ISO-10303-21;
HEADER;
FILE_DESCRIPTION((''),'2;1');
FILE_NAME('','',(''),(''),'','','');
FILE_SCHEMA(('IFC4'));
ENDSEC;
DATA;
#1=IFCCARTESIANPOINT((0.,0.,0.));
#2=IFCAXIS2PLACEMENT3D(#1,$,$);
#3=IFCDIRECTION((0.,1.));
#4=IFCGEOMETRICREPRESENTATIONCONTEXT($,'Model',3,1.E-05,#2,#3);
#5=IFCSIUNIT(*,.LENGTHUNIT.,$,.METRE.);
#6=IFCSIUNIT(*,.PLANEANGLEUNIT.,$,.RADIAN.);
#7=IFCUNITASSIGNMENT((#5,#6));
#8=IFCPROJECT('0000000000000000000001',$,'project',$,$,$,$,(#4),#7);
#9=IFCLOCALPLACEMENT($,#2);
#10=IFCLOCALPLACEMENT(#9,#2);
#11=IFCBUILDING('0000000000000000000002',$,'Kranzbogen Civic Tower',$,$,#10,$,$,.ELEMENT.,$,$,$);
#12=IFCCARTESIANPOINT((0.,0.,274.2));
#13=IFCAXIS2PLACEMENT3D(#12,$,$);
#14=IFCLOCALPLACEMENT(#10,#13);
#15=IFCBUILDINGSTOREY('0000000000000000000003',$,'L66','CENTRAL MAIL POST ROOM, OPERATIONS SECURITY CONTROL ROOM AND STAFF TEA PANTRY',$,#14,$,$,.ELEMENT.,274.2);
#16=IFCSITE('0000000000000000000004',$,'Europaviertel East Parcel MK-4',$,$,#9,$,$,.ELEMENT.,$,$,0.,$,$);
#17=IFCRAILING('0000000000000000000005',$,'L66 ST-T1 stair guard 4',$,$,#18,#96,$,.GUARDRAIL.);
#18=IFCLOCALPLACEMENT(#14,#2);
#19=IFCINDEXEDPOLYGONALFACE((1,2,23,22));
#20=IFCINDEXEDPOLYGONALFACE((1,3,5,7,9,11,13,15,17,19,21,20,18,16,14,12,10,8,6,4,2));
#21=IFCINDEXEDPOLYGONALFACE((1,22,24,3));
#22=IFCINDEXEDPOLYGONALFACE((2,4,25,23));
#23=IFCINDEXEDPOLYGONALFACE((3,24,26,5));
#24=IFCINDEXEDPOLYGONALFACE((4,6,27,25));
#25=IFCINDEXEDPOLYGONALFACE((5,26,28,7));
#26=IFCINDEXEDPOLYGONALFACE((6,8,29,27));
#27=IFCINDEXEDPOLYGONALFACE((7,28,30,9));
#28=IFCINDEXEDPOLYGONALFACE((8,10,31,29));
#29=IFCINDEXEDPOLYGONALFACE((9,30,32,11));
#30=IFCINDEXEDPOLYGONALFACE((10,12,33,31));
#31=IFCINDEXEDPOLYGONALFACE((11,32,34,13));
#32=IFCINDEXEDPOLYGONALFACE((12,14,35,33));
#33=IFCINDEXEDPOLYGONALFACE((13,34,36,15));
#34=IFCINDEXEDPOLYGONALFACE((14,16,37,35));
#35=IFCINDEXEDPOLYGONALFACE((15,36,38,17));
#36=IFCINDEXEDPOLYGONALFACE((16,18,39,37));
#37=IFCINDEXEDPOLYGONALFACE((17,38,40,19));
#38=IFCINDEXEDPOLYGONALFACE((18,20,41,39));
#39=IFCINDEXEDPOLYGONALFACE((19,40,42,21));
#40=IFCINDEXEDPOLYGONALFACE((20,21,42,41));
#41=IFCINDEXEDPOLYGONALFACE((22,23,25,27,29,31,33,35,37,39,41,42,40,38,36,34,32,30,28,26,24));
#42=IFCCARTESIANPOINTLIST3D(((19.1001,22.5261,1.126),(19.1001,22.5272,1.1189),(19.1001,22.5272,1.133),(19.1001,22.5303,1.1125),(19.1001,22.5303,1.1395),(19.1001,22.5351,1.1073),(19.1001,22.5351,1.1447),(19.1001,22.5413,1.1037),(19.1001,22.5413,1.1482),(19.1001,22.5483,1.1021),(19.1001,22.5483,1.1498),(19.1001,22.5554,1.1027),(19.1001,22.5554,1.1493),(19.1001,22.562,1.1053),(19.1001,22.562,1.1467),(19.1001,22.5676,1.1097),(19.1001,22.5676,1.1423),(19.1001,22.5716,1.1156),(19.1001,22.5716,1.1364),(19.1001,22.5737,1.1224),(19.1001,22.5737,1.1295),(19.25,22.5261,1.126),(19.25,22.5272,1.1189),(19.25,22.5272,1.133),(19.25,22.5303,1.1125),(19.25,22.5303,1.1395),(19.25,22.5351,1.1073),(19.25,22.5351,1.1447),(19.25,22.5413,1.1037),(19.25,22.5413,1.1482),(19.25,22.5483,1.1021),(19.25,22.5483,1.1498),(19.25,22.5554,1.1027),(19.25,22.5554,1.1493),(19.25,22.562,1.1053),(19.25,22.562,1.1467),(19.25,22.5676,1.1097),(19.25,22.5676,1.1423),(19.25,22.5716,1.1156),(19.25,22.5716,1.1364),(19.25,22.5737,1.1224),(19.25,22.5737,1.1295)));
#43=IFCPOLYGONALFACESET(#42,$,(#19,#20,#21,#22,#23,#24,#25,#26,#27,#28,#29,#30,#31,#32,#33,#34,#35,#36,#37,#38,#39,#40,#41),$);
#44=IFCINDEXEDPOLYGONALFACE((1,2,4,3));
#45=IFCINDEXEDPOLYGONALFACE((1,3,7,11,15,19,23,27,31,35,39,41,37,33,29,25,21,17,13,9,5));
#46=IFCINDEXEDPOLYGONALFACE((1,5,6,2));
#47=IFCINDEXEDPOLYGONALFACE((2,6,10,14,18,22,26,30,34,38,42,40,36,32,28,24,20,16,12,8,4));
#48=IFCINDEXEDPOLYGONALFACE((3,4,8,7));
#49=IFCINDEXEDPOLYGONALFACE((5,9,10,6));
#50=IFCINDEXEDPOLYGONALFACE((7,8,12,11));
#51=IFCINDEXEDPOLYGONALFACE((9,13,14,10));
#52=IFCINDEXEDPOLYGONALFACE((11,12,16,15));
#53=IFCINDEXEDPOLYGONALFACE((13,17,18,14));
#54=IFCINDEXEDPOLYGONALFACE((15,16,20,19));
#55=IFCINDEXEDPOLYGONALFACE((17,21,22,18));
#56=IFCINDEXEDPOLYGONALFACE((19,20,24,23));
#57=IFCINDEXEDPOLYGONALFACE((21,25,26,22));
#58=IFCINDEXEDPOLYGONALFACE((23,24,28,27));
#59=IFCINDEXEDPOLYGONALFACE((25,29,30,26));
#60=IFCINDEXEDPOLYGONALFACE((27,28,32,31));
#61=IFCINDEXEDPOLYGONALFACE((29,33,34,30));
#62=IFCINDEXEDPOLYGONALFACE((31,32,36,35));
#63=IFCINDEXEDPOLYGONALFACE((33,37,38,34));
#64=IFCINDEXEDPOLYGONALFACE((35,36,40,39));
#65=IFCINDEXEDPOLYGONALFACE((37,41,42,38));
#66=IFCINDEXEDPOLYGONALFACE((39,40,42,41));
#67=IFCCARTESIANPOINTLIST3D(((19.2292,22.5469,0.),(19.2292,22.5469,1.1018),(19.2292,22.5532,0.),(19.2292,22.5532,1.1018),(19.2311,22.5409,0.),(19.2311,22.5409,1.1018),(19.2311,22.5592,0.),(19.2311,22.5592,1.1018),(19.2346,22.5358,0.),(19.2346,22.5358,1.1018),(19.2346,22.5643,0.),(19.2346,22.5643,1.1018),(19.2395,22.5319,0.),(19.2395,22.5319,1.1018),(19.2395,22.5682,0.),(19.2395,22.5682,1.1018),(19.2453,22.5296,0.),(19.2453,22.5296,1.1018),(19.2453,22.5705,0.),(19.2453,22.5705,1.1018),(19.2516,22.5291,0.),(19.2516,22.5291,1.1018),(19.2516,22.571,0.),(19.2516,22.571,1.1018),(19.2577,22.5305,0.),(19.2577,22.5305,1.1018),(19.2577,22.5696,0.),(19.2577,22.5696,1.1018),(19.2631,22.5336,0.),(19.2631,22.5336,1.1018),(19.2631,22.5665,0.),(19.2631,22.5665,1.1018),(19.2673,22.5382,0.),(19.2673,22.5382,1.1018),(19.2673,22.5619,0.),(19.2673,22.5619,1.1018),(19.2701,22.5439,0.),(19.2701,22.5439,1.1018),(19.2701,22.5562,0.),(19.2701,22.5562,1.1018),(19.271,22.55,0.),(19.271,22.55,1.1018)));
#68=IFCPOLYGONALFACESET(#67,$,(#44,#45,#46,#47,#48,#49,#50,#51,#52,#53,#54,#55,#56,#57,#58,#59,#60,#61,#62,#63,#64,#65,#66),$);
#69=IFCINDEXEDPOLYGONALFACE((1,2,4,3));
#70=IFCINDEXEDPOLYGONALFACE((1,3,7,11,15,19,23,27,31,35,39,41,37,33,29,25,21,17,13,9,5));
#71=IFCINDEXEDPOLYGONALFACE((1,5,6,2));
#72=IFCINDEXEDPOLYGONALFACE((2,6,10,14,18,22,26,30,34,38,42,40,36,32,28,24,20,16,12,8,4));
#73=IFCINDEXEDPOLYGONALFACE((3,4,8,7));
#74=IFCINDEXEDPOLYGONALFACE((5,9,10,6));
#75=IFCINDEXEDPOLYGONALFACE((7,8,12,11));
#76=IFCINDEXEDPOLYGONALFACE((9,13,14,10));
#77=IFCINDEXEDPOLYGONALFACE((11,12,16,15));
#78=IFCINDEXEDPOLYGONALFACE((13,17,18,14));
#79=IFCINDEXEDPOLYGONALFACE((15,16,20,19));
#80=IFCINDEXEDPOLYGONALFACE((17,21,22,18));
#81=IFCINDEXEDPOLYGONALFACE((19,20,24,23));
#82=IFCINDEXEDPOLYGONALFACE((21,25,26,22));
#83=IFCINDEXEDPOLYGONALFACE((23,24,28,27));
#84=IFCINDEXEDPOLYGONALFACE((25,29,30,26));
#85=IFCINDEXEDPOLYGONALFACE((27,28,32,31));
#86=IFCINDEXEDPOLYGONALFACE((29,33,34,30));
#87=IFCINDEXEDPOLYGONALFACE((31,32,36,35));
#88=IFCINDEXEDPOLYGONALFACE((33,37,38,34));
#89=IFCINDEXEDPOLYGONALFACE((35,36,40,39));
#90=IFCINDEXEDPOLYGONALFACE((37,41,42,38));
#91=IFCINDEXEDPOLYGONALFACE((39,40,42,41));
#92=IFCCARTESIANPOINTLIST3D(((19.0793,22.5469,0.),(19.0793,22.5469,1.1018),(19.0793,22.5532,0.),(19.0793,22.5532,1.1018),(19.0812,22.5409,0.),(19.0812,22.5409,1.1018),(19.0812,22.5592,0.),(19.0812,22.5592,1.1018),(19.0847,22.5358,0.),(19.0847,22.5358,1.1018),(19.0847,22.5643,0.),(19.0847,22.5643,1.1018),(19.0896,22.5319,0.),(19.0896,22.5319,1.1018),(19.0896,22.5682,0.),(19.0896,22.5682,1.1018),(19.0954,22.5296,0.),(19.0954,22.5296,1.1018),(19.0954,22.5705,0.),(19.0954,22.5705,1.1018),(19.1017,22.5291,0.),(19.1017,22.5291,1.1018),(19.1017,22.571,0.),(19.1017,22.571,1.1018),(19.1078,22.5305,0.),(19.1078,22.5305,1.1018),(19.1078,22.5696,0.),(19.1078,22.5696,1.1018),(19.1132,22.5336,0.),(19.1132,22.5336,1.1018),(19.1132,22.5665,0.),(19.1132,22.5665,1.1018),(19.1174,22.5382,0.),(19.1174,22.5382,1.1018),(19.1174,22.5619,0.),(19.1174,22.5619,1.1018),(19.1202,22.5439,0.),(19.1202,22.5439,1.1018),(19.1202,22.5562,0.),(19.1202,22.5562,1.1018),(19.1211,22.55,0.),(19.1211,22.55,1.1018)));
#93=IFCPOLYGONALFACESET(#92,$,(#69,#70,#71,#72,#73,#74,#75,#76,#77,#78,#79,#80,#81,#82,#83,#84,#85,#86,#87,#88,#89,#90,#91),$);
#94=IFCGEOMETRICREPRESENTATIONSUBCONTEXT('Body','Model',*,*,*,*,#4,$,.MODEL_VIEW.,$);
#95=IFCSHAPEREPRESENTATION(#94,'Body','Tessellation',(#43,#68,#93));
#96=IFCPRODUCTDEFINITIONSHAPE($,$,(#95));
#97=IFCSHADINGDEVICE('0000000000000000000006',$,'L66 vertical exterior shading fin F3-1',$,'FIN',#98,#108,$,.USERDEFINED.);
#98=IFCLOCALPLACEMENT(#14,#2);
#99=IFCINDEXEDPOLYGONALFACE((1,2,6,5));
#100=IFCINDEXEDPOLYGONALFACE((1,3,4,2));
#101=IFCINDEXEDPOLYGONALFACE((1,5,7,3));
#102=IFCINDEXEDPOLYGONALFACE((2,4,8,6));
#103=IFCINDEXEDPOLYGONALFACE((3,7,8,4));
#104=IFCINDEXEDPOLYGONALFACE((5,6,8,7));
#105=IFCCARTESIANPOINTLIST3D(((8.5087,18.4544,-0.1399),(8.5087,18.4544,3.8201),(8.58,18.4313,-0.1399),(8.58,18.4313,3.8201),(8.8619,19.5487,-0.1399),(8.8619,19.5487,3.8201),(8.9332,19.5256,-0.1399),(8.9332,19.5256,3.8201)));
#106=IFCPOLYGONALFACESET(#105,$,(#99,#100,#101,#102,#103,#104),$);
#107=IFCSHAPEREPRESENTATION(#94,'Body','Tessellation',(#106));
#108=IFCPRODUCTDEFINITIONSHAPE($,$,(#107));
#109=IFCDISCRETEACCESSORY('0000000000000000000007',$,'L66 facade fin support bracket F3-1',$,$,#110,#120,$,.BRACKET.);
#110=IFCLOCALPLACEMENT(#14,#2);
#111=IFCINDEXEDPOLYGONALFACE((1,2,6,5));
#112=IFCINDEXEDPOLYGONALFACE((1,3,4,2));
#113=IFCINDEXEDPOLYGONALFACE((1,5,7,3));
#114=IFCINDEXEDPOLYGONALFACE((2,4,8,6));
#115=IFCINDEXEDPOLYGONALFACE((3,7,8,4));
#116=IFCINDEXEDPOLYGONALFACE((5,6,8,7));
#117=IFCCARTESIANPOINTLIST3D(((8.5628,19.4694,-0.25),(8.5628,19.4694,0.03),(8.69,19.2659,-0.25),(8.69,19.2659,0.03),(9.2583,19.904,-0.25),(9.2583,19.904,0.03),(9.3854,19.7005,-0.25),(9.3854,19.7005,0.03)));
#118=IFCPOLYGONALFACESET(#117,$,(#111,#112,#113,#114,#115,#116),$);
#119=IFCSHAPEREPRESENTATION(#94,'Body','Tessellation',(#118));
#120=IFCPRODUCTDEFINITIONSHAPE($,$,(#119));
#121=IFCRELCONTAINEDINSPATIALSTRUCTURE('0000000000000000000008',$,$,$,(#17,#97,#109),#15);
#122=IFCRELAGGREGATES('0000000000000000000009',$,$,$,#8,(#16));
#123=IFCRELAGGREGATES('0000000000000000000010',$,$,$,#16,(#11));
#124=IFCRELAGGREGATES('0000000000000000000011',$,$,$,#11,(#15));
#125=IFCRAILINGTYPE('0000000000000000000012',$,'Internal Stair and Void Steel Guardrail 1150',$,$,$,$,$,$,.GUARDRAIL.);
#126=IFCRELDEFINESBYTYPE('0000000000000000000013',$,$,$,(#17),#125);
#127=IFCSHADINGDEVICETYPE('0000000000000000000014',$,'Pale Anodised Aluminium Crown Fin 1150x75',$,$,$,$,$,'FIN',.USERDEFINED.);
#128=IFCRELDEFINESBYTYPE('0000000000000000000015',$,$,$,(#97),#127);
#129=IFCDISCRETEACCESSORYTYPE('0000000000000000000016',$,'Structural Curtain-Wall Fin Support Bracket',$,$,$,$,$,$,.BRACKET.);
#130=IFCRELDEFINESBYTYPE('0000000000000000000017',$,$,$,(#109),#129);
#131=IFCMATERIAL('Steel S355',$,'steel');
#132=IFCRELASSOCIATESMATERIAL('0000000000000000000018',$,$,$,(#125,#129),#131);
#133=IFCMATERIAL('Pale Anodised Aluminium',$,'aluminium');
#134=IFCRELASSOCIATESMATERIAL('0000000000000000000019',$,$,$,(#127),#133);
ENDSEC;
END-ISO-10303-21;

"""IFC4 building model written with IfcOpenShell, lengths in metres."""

from ifc_helpers import new_model, si_unit, direction, frame, origin, origin_2d, place, context, subcontext, project, spatial, rectangle, circle, extrude, material, type_object, element, save


model = new_model("IFC4")

# Units and contexts
model_context = context("Model", 3, precision=1e-05, world=origin(), true_north=direction((0.0, 1.0)))
body_context = subcontext(model_context, "Body", "Model", "MODEL_VIEW")
ifc_project = project(units=[si_unit("LENGTHUNIT", "METRE"), si_unit("PLANEANGLEUNIT", "RADIAN")], contexts=[model_context])

# Site, building, storey
site_placement = place(None, origin())
site = spatial("IfcSite", under=ifc_project, at=site_placement, Name="Europaviertel East Parcel MK-4", CompositionType="ELEMENT", RefElevation=0.0)
building_placement = place(site_placement, origin())
building = spatial("IfcBuilding", under=site, at=building_placement, Name="Kranzbogen Civic Tower", CompositionType="ELEMENT")
storey_placement = place(building_placement, frame((0.0, 0.0, 274.2)))
storey = spatial("IfcBuildingStorey", under=building, at=storey_placement, Name="L66", Description="CENTRAL MAIL POST ROOM, OPERATIONS SECURITY CONTROL ROOM AND STAFF TEA PANTRY", CompositionType="ELEMENT", Elevation=274.2)

# Shared definitions
ifc_material_1 = material(Name="Steel S355", Category="steel")

# Shared definitions
ifc_material_2 = material(Name="Pale Anodised Aluminium", Category="aluminium")

# Railing
railing_type_1 = type_object("IfcRailingType", Name="Internal Stair and Void Steel Guardrail 1150", PredefinedType="GUARDRAIL", material=ifc_material_1)
railing_1_placement = place(storey_placement, frame((19.25, 22.55, 0.0)))
element("IfcRailing", 1, at=railing_1_placement, inside=storey, type_object=railing_type_1, Name="L66 ST-T1 stair guard 4", PredefinedType="GUARDRAIL", context=body_context, shape_type="SweptSolid", body=[
    extrude(circle(Radius=0.0239, at=origin_2d()), frame((0.0, 0.0, 1.126), z_axis=(-1.0, 0.0, 0.0), x_axis=(0.0, -1.0, 0.0)), (0.0, 0.0, 1.0), 0.1499),
    extrude(circle(Radius=0.021, at=origin_2d()), origin(), (0.0, 0.0, 1.0), 1.1018),
    extrude(circle(Radius=0.021, at=origin_2d()), frame((-0.1499, 0.0, 0.0)), (0.0, 0.0, 1.0), 1.1018),
])

# Shading device
shading_device_type = type_object("IfcShadingDeviceType", Name="Pale Anodised Aluminium Crown Fin 1150x75", ElementType="FIN", PredefinedType="USERDEFINED", material=ifc_material_2)
shading_device_placement = place(storey_placement, frame((8.7209, 18.99, -0.1399), z_axis=(0.0, 0.0, 1.0), x_axis=(-0.307191, -0.951648, 0.0)))
element("IfcShadingDevice", 2, at=shading_device_placement, inside=storey, type_object=shading_device_type, Name="L66 vertical exterior shading fin F3-1", ObjectType="FIN", PredefinedType="USERDEFINED", context=body_context, shape_type="SweptSolid", body=[
    extrude(rectangle(XDim=1.1499, YDim=0.075, at=origin_2d()), origin(), (0.0, 0.0, 1.0), 3.96),
])

# Discrete accessory
discrete_accessory_type = type_object("IfcDiscreteAccessoryType", Name="Structural Curtain-Wall Fin Support Bracket", PredefinedType="BRACKET", material=ifc_material_1)
discrete_accessory_placement = place(storey_placement, frame((8.9741, 19.585, -0.25), z_axis=(0.0, 0.0, 1.0), x_axis=(-0.848048, -0.529919, 0.0)))
element("IfcDiscreteAccessory", 3, at=discrete_accessory_placement, inside=storey, type_object=discrete_accessory_type, Name="L66 facade fin support bracket F3-1", PredefinedType="BRACKET", context=body_context, shape_type="SweptSolid", body=[
    extrude(rectangle(XDim=0.8201, YDim=0.24, at=origin_2d()), origin(), (0.0, 0.0, 1.0), 0.28),
])

save(model, "model.ifc")
